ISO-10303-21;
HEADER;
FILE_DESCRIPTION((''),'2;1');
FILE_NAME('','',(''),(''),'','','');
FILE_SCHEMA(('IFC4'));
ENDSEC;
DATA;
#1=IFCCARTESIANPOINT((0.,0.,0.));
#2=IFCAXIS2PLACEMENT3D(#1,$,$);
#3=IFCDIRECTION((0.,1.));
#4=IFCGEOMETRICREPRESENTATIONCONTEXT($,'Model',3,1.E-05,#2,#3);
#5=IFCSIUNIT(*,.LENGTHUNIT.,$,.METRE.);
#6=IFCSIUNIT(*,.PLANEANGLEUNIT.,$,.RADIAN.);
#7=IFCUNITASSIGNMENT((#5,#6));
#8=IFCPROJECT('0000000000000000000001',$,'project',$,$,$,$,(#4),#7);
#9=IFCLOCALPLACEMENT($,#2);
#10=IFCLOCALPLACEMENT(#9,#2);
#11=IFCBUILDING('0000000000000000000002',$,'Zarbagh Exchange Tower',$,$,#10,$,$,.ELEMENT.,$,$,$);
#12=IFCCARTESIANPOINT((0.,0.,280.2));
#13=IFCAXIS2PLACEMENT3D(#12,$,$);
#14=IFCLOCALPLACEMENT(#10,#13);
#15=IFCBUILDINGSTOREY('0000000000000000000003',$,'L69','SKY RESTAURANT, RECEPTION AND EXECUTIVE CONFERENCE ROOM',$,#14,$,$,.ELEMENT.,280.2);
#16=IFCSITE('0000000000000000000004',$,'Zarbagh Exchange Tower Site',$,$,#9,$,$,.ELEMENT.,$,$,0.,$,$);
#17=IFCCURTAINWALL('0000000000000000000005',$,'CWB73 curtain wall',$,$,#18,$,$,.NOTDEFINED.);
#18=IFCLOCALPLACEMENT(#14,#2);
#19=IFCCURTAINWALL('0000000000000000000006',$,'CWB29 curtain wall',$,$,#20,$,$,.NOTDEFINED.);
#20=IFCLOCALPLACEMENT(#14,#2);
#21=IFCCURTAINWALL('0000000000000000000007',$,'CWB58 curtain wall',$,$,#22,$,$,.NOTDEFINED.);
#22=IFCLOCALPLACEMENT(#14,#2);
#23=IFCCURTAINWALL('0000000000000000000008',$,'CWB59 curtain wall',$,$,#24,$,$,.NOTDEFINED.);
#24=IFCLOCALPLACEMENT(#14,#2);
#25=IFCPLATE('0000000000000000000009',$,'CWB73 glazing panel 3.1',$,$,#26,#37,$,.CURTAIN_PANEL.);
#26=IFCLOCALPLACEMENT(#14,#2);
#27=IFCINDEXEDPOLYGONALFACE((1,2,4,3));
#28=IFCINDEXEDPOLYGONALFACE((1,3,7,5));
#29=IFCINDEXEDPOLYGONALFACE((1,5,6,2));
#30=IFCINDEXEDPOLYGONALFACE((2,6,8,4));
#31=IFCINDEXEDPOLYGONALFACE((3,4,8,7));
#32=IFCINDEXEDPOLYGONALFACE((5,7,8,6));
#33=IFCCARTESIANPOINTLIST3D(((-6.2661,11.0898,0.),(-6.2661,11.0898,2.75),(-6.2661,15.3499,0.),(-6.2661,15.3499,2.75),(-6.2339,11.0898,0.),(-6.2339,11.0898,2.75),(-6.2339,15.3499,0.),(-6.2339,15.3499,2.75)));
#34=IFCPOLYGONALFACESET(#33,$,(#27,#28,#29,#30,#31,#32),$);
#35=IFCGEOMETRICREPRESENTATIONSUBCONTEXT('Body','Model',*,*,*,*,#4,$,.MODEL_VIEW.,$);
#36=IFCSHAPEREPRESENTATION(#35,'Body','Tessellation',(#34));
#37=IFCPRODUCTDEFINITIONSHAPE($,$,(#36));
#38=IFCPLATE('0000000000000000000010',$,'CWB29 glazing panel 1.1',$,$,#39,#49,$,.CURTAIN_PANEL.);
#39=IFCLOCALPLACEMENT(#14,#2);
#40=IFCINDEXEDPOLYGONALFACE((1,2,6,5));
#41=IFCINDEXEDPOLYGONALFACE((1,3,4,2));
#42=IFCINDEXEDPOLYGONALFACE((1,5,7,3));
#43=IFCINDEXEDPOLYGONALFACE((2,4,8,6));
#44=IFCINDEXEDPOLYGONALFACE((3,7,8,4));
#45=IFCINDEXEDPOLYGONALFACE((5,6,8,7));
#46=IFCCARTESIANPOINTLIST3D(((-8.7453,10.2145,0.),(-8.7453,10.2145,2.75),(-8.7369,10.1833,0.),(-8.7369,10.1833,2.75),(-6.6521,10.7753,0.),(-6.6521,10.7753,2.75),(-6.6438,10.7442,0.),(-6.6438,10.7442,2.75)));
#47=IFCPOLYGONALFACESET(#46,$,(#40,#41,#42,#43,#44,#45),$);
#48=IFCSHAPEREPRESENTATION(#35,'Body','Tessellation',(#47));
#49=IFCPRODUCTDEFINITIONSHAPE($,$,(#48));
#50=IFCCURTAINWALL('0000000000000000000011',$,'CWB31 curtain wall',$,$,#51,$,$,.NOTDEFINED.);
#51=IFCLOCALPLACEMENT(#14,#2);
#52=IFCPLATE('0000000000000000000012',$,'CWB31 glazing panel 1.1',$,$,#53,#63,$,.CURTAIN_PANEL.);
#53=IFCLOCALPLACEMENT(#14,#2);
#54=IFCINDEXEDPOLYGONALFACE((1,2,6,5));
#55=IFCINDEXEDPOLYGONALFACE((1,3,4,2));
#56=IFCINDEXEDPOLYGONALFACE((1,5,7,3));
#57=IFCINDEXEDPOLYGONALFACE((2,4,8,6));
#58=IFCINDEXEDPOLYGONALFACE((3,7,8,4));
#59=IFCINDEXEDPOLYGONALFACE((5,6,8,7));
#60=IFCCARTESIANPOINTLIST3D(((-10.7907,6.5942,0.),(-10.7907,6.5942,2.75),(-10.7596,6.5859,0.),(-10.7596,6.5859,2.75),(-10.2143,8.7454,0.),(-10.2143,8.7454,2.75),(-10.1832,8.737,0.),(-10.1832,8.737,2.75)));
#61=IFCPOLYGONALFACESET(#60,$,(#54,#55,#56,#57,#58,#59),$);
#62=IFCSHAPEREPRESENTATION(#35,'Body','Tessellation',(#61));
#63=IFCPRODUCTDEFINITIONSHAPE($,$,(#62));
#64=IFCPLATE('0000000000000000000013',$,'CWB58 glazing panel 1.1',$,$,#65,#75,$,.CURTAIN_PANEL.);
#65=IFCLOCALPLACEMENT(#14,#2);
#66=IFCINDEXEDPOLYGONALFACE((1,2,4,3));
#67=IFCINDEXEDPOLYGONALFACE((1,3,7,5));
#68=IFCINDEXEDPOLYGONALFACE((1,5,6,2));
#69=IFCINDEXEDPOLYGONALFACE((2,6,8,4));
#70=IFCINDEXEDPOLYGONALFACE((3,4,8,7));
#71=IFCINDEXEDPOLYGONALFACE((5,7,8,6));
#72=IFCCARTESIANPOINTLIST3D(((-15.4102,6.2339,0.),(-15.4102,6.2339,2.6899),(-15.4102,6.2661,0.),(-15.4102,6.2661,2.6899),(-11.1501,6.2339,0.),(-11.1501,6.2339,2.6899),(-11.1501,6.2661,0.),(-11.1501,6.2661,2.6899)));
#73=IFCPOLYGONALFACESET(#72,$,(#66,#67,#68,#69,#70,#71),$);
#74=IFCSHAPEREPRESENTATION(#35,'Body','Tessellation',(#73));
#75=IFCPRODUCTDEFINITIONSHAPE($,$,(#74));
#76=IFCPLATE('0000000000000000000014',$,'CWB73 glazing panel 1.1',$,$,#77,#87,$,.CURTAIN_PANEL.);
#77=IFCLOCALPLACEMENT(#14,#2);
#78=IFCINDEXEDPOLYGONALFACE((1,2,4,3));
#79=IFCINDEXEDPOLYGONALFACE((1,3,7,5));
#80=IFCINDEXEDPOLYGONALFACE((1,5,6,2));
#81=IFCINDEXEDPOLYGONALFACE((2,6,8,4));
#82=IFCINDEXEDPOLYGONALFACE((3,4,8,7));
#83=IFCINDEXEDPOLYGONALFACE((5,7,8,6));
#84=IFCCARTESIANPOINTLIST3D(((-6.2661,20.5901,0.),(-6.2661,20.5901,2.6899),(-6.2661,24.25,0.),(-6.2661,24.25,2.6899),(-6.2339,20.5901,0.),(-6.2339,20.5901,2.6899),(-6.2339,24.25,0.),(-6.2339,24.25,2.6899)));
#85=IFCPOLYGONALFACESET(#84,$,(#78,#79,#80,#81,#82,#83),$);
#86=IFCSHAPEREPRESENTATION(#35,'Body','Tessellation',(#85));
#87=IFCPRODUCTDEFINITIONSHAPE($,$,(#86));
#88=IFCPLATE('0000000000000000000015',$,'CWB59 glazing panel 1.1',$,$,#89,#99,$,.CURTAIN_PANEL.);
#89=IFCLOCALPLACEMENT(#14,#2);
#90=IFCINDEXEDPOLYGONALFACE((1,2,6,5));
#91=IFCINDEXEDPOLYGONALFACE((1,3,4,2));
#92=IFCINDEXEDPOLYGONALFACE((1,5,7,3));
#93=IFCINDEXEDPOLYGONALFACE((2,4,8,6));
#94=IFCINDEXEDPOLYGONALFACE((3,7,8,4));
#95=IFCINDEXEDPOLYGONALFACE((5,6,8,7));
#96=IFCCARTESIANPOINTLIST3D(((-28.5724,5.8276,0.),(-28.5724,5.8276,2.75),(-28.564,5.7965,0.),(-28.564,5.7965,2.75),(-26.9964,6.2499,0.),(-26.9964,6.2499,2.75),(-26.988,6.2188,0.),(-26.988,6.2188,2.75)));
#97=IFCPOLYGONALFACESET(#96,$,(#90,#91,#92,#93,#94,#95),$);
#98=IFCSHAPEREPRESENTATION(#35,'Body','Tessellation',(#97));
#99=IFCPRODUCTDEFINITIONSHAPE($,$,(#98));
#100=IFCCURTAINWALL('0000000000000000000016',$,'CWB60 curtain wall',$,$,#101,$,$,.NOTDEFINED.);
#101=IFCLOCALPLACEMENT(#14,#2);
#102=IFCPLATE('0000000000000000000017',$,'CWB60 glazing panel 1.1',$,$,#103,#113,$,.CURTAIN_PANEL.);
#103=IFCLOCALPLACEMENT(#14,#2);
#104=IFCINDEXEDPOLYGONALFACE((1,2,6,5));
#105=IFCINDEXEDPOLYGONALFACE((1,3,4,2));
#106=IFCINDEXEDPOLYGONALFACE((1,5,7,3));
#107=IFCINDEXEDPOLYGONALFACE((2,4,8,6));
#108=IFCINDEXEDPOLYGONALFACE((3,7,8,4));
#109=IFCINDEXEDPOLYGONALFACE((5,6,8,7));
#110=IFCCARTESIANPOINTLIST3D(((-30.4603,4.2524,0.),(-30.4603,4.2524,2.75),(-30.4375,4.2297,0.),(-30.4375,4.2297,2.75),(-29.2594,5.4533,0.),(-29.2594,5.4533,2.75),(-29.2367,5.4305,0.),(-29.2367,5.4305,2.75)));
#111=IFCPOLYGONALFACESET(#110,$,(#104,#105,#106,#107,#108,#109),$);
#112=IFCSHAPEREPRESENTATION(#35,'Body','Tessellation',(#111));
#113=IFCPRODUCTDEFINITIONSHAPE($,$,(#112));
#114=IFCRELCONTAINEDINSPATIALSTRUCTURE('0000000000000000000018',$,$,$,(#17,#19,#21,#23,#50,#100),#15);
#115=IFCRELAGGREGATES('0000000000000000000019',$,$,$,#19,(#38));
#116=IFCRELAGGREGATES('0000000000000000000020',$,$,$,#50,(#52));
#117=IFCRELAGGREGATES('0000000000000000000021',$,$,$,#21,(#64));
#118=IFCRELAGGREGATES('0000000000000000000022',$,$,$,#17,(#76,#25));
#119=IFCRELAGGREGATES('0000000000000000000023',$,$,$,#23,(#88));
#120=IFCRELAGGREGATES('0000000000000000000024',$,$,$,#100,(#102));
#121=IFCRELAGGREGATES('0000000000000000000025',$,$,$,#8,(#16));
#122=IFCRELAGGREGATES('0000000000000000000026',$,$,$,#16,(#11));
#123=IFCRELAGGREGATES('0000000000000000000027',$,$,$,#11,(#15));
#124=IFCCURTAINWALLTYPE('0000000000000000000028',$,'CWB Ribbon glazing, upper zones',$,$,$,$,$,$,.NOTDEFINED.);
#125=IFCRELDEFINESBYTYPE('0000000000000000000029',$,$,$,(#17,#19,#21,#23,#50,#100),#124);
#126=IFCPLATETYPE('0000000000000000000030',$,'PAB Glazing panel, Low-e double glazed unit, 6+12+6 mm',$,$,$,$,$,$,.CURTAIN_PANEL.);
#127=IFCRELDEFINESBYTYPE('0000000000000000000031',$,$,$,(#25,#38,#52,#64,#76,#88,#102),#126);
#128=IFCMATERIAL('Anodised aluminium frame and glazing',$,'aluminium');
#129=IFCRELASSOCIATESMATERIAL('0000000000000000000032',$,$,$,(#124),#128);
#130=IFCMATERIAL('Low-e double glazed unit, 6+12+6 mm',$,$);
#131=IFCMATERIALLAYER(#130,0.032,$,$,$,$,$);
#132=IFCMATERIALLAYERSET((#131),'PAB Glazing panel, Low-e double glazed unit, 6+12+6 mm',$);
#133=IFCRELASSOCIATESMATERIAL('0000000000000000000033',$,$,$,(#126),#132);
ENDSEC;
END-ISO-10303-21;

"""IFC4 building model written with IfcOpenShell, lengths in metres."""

from ifc_helpers import new_model, si_unit, direction, frame, origin, place, context, subcontext, project, spatial, polyline, outline, extrude, source, transform, mapped, material, layer, layer_set, type_object, element, aggregate, save


model = new_model("IFC4")

# Units and contexts
model_context = context("Model", 3, precision=1e-05, world=origin(), true_north=direction((0.0, 1.0)))
body_context = subcontext(model_context, "Body", "Model", "MODEL_VIEW")
ifc_project = project(units=[si_unit("LENGTHUNIT", "METRE"), si_unit("PLANEANGLEUNIT", "RADIAN")], contexts=[model_context])

# Site, building, storey
site_placement = place(None, origin())
site = spatial("IfcSite", under=ifc_project, at=site_placement, Name="Zarbagh Exchange Tower Site", CompositionType="ELEMENT", RefElevation=0.0)
building_placement = place(site_placement, origin())
building = spatial("IfcBuilding", under=site, at=building_placement, Name="Zarbagh Exchange Tower", CompositionType="ELEMENT")
storey_placement = place(building_placement, frame((0.0, 0.0, 280.2)))
storey = spatial("IfcBuildingStorey", under=building, at=storey_placement, Name="L69", Description="SKY RESTAURANT, RECEPTION AND EXECUTIVE CONFERENCE ROOM", CompositionType="ELEMENT", Elevation=280.2)

# Curtain wall
ifc_material_1 = material(Name="Anodised aluminium frame and glazing", Category="aluminium")
curtain_wall_type = type_object("IfcCurtainWallType", Name="CWB Ribbon glazing, upper zones", PredefinedType="NOTDEFINED", material=ifc_material_1)
curtain_wall_1_placement = place(storey_placement, origin())
curtain_wall_1 = element("IfcCurtainWall", 1, at=curtain_wall_1_placement, inside=storey, type_object=curtain_wall_type, Name="CWB73 curtain wall", PredefinedType="NOTDEFINED")
placement = place(storey_placement, origin())

# Curtain wall
curtain_wall_2_placement = place(storey_placement, origin())
curtain_wall_2 = element("IfcCurtainWall", 2, at=curtain_wall_2_placement, inside=storey, type_object=curtain_wall_type, Name="CWB29 curtain wall", PredefinedType="NOTDEFINED")

# Curtain wall
curtain_wall_3_placement = place(storey_placement, origin())
curtain_wall_3 = element("IfcCurtainWall", 3, at=curtain_wall_3_placement, inside=storey, type_object=curtain_wall_type, Name="CWB58 curtain wall", PredefinedType="NOTDEFINED")

# Curtain wall
curtain_wall_4_placement = place(storey_placement, origin())
curtain_wall_4 = element("IfcCurtainWall", 4, at=curtain_wall_4_placement, inside=storey, type_object=curtain_wall_type, Name="CWB59 curtain wall", PredefinedType="NOTDEFINED")

# Shared definitions
ifc_material_2 = material(Name="Low-e double glazed unit, 6+12+6 mm")
ifc_layer = layer(ifc_material_2, 0.032)
ifc_layer_set = layer_set([ifc_layer], Name="PAB Glazing panel, Low-e double glazed unit, 6+12+6 mm")
plate_type = type_object("IfcPlateType", Name="PAB Glazing panel, Low-e double glazed unit, 6+12+6 mm", PredefinedType="CURTAIN_PANEL", material=ifc_layer_set)

# Plates
shared_shape_1 = source(origin(), body_context, "Body", "SweptSolid", [
    extrude(outline(polyline([(0.0, -0.0161), (4.26, -0.0161), (4.26, 0.0161), (0.0, 0.0161), (0.0, -0.0161)])), origin(), (0.0, 0.0, 1.0), 2.75),
])
plate_1 = element("IfcPlate", 5, at=placement, type_object=plate_type, Name="CWB73 glazing panel 3.1", PredefinedType="CURTAIN_PANEL", context=body_context, shape_type="MappedRepresentation", body=[
    mapped(shared_shape_1, transform((-6.25, 15.3499, 0.0), x_axis=(0.0, -1.0, 0.0), y_axis=(1.0, 0.0, 0.0), z_axis=(0.0, 0.0, 1.0))),
])
shared_shape_2 = source(origin(), body_context, "Body", "SweptSolid", [
    extrude(outline(polyline([(0.0, -0.0161), (2.167, -0.0161), (2.167, 0.0161), (0.0, 0.0161), (0.0, -0.0161)])), origin(), (0.0, 0.0, 1.0), 2.75),
])
plate_2 = element("IfcPlate", 6, at=placement, type_object=plate_type, Name="CWB29 glazing panel 1.1", PredefinedType="CURTAIN_PANEL", context=body_context, shape_type="MappedRepresentation", body=[
    mapped(shared_shape_2, transform((-6.6479, 10.7598, 0.0), x_axis=(-0.965924, -0.258825, 0.0), y_axis=(0.258825, -0.965924, 0.0), z_axis=(0.0, 0.0, 1.0))),
])
aggregate(curtain_wall_2, [plate_2])

# Curtain wall, plate
curtain_wall_5_placement = place(storey_placement, origin())
curtain_wall_5 = element("IfcCurtainWall", 7, at=curtain_wall_5_placement, inside=storey, type_object=curtain_wall_type, Name="CWB31 curtain wall", PredefinedType="NOTDEFINED")
shared_shape_3 = source(origin(), body_context, "Body", "SweptSolid", [
    extrude(outline(polyline([(0.0, -0.0161), (2.2271, -0.0161), (2.2271, 0.0161), (0.0, 0.0161), (0.0, -0.0161)])), origin(), (0.0, 0.0, 1.0), 2.75),
])
plate_3 = element("IfcPlate", 8, at=placement, type_object=plate_type, Name="CWB31 glazing panel 1.1", PredefinedType="CURTAIN_PANEL", context=body_context, shape_type="MappedRepresentation", body=[
    mapped(shared_shape_3, transform((-10.1987, 8.7412, 0.0), x_axis=(-0.258825, -0.965924, 0.0), y_axis=(0.965924, -0.258825, 0.0), z_axis=(0.0, 0.0, 1.0))),
])
aggregate(curtain_wall_5, [plate_3])

# Plates
shared_shape_4 = source(origin(), body_context, "Body", "SweptSolid", [
    extrude(outline(polyline([(0.0, -0.0161), (4.26, -0.0161), (4.26, 0.0161), (0.0, 0.0161), (0.0, -0.0161)])), origin(), (0.0, 0.0, 1.0), 2.6899),
])
plate_4 = element("IfcPlate", 9, at=placement, type_object=plate_type, Name="CWB58 glazing panel 1.1", PredefinedType="CURTAIN_PANEL", context=body_context, shape_type="MappedRepresentation", body=[
    mapped(shared_shape_4, transform((-11.1501, 6.25, 0.0), x_axis=(-1.0, 0.0, 0.0), y_axis=(0.0, -1.0, 0.0), z_axis=(0.0, 0.0, 1.0))),
])
aggregate(curtain_wall_3, [plate_4])
shared_shape_5 = source(origin(), body_context, "Body", "SweptSolid", [
    extrude(outline(polyline([(0.0, -0.0161), (3.6599, -0.0161), (3.6599, 0.0161), (0.0, 0.0161), (0.0, -0.0161)])), origin(), (0.0, 0.0, 1.0), 2.6899),
])
plate_5 = element("IfcPlate", 10, at=placement, type_object=plate_type, Name="CWB73 glazing panel 1.1", PredefinedType="CURTAIN_PANEL", context=body_context, shape_type="MappedRepresentation", body=[
    mapped(shared_shape_5, transform((-6.25, 24.25, 0.0), x_axis=(0.0, -1.0, 0.0), y_axis=(1.0, 0.0, 0.0), z_axis=(0.0, 0.0, 1.0))),
])
aggregate(curtain_wall_1, [plate_5, plate_1])
shared_shape_6 = source(origin(), body_context, "Body", "SweptSolid", [
    extrude(outline(polyline([(0.0, -0.0161), (1.6316, -0.0161), (1.6316, 0.0161), (0.0, 0.0161), (0.0, -0.0161)])), origin(), (0.0, 0.0, 1.0), 2.75),
])
plate_6 = element("IfcPlate", 11, at=placement, type_object=plate_type, Name="CWB59 glazing panel 1.1", PredefinedType="CURTAIN_PANEL", context=body_context, shape_type="MappedRepresentation", body=[
    mapped(shared_shape_6, transform((-26.9922, 6.2344, 0.0), x_axis=(-0.965924, -0.258825, 0.0), y_axis=(0.258825, -0.965924, 0.0), z_axis=(0.0, 0.0, 1.0))),
])
aggregate(curtain_wall_4, [plate_6])

# Curtain wall, plate
curtain_wall_6_placement = place(storey_placement, origin())
curtain_wall_6 = element("IfcCurtainWall", 12, at=curtain_wall_6_placement, inside=storey, type_object=curtain_wall_type, Name="CWB60 curtain wall", PredefinedType="NOTDEFINED")
shared_shape_7 = source(origin(), body_context, "Body", "SweptSolid", [
    extrude(outline(polyline([(0.0, -0.0161), (1.6982, -0.0161), (1.6982, 0.0161), (0.0, 0.0161), (0.0, -0.0161)])), origin(), (0.0, 0.0, 1.0), 2.75),
])
plate_7 = element("IfcPlate", 13, at=placement, type_object=plate_type, Name="CWB60 glazing panel 1.1", PredefinedType="CURTAIN_PANEL", context=body_context, shape_type="MappedRepresentation", body=[
    mapped(shared_shape_7, transform((-29.248, 5.4419, 0.0), x_axis=(-0.707107, -0.707107, 0.0), y_axis=(0.707107, -0.707107, 0.0), z_axis=(0.0, 0.0, 1.0))),
])
aggregate(curtain_wall_6, [plate_7])

save(model, "model.ifc")
